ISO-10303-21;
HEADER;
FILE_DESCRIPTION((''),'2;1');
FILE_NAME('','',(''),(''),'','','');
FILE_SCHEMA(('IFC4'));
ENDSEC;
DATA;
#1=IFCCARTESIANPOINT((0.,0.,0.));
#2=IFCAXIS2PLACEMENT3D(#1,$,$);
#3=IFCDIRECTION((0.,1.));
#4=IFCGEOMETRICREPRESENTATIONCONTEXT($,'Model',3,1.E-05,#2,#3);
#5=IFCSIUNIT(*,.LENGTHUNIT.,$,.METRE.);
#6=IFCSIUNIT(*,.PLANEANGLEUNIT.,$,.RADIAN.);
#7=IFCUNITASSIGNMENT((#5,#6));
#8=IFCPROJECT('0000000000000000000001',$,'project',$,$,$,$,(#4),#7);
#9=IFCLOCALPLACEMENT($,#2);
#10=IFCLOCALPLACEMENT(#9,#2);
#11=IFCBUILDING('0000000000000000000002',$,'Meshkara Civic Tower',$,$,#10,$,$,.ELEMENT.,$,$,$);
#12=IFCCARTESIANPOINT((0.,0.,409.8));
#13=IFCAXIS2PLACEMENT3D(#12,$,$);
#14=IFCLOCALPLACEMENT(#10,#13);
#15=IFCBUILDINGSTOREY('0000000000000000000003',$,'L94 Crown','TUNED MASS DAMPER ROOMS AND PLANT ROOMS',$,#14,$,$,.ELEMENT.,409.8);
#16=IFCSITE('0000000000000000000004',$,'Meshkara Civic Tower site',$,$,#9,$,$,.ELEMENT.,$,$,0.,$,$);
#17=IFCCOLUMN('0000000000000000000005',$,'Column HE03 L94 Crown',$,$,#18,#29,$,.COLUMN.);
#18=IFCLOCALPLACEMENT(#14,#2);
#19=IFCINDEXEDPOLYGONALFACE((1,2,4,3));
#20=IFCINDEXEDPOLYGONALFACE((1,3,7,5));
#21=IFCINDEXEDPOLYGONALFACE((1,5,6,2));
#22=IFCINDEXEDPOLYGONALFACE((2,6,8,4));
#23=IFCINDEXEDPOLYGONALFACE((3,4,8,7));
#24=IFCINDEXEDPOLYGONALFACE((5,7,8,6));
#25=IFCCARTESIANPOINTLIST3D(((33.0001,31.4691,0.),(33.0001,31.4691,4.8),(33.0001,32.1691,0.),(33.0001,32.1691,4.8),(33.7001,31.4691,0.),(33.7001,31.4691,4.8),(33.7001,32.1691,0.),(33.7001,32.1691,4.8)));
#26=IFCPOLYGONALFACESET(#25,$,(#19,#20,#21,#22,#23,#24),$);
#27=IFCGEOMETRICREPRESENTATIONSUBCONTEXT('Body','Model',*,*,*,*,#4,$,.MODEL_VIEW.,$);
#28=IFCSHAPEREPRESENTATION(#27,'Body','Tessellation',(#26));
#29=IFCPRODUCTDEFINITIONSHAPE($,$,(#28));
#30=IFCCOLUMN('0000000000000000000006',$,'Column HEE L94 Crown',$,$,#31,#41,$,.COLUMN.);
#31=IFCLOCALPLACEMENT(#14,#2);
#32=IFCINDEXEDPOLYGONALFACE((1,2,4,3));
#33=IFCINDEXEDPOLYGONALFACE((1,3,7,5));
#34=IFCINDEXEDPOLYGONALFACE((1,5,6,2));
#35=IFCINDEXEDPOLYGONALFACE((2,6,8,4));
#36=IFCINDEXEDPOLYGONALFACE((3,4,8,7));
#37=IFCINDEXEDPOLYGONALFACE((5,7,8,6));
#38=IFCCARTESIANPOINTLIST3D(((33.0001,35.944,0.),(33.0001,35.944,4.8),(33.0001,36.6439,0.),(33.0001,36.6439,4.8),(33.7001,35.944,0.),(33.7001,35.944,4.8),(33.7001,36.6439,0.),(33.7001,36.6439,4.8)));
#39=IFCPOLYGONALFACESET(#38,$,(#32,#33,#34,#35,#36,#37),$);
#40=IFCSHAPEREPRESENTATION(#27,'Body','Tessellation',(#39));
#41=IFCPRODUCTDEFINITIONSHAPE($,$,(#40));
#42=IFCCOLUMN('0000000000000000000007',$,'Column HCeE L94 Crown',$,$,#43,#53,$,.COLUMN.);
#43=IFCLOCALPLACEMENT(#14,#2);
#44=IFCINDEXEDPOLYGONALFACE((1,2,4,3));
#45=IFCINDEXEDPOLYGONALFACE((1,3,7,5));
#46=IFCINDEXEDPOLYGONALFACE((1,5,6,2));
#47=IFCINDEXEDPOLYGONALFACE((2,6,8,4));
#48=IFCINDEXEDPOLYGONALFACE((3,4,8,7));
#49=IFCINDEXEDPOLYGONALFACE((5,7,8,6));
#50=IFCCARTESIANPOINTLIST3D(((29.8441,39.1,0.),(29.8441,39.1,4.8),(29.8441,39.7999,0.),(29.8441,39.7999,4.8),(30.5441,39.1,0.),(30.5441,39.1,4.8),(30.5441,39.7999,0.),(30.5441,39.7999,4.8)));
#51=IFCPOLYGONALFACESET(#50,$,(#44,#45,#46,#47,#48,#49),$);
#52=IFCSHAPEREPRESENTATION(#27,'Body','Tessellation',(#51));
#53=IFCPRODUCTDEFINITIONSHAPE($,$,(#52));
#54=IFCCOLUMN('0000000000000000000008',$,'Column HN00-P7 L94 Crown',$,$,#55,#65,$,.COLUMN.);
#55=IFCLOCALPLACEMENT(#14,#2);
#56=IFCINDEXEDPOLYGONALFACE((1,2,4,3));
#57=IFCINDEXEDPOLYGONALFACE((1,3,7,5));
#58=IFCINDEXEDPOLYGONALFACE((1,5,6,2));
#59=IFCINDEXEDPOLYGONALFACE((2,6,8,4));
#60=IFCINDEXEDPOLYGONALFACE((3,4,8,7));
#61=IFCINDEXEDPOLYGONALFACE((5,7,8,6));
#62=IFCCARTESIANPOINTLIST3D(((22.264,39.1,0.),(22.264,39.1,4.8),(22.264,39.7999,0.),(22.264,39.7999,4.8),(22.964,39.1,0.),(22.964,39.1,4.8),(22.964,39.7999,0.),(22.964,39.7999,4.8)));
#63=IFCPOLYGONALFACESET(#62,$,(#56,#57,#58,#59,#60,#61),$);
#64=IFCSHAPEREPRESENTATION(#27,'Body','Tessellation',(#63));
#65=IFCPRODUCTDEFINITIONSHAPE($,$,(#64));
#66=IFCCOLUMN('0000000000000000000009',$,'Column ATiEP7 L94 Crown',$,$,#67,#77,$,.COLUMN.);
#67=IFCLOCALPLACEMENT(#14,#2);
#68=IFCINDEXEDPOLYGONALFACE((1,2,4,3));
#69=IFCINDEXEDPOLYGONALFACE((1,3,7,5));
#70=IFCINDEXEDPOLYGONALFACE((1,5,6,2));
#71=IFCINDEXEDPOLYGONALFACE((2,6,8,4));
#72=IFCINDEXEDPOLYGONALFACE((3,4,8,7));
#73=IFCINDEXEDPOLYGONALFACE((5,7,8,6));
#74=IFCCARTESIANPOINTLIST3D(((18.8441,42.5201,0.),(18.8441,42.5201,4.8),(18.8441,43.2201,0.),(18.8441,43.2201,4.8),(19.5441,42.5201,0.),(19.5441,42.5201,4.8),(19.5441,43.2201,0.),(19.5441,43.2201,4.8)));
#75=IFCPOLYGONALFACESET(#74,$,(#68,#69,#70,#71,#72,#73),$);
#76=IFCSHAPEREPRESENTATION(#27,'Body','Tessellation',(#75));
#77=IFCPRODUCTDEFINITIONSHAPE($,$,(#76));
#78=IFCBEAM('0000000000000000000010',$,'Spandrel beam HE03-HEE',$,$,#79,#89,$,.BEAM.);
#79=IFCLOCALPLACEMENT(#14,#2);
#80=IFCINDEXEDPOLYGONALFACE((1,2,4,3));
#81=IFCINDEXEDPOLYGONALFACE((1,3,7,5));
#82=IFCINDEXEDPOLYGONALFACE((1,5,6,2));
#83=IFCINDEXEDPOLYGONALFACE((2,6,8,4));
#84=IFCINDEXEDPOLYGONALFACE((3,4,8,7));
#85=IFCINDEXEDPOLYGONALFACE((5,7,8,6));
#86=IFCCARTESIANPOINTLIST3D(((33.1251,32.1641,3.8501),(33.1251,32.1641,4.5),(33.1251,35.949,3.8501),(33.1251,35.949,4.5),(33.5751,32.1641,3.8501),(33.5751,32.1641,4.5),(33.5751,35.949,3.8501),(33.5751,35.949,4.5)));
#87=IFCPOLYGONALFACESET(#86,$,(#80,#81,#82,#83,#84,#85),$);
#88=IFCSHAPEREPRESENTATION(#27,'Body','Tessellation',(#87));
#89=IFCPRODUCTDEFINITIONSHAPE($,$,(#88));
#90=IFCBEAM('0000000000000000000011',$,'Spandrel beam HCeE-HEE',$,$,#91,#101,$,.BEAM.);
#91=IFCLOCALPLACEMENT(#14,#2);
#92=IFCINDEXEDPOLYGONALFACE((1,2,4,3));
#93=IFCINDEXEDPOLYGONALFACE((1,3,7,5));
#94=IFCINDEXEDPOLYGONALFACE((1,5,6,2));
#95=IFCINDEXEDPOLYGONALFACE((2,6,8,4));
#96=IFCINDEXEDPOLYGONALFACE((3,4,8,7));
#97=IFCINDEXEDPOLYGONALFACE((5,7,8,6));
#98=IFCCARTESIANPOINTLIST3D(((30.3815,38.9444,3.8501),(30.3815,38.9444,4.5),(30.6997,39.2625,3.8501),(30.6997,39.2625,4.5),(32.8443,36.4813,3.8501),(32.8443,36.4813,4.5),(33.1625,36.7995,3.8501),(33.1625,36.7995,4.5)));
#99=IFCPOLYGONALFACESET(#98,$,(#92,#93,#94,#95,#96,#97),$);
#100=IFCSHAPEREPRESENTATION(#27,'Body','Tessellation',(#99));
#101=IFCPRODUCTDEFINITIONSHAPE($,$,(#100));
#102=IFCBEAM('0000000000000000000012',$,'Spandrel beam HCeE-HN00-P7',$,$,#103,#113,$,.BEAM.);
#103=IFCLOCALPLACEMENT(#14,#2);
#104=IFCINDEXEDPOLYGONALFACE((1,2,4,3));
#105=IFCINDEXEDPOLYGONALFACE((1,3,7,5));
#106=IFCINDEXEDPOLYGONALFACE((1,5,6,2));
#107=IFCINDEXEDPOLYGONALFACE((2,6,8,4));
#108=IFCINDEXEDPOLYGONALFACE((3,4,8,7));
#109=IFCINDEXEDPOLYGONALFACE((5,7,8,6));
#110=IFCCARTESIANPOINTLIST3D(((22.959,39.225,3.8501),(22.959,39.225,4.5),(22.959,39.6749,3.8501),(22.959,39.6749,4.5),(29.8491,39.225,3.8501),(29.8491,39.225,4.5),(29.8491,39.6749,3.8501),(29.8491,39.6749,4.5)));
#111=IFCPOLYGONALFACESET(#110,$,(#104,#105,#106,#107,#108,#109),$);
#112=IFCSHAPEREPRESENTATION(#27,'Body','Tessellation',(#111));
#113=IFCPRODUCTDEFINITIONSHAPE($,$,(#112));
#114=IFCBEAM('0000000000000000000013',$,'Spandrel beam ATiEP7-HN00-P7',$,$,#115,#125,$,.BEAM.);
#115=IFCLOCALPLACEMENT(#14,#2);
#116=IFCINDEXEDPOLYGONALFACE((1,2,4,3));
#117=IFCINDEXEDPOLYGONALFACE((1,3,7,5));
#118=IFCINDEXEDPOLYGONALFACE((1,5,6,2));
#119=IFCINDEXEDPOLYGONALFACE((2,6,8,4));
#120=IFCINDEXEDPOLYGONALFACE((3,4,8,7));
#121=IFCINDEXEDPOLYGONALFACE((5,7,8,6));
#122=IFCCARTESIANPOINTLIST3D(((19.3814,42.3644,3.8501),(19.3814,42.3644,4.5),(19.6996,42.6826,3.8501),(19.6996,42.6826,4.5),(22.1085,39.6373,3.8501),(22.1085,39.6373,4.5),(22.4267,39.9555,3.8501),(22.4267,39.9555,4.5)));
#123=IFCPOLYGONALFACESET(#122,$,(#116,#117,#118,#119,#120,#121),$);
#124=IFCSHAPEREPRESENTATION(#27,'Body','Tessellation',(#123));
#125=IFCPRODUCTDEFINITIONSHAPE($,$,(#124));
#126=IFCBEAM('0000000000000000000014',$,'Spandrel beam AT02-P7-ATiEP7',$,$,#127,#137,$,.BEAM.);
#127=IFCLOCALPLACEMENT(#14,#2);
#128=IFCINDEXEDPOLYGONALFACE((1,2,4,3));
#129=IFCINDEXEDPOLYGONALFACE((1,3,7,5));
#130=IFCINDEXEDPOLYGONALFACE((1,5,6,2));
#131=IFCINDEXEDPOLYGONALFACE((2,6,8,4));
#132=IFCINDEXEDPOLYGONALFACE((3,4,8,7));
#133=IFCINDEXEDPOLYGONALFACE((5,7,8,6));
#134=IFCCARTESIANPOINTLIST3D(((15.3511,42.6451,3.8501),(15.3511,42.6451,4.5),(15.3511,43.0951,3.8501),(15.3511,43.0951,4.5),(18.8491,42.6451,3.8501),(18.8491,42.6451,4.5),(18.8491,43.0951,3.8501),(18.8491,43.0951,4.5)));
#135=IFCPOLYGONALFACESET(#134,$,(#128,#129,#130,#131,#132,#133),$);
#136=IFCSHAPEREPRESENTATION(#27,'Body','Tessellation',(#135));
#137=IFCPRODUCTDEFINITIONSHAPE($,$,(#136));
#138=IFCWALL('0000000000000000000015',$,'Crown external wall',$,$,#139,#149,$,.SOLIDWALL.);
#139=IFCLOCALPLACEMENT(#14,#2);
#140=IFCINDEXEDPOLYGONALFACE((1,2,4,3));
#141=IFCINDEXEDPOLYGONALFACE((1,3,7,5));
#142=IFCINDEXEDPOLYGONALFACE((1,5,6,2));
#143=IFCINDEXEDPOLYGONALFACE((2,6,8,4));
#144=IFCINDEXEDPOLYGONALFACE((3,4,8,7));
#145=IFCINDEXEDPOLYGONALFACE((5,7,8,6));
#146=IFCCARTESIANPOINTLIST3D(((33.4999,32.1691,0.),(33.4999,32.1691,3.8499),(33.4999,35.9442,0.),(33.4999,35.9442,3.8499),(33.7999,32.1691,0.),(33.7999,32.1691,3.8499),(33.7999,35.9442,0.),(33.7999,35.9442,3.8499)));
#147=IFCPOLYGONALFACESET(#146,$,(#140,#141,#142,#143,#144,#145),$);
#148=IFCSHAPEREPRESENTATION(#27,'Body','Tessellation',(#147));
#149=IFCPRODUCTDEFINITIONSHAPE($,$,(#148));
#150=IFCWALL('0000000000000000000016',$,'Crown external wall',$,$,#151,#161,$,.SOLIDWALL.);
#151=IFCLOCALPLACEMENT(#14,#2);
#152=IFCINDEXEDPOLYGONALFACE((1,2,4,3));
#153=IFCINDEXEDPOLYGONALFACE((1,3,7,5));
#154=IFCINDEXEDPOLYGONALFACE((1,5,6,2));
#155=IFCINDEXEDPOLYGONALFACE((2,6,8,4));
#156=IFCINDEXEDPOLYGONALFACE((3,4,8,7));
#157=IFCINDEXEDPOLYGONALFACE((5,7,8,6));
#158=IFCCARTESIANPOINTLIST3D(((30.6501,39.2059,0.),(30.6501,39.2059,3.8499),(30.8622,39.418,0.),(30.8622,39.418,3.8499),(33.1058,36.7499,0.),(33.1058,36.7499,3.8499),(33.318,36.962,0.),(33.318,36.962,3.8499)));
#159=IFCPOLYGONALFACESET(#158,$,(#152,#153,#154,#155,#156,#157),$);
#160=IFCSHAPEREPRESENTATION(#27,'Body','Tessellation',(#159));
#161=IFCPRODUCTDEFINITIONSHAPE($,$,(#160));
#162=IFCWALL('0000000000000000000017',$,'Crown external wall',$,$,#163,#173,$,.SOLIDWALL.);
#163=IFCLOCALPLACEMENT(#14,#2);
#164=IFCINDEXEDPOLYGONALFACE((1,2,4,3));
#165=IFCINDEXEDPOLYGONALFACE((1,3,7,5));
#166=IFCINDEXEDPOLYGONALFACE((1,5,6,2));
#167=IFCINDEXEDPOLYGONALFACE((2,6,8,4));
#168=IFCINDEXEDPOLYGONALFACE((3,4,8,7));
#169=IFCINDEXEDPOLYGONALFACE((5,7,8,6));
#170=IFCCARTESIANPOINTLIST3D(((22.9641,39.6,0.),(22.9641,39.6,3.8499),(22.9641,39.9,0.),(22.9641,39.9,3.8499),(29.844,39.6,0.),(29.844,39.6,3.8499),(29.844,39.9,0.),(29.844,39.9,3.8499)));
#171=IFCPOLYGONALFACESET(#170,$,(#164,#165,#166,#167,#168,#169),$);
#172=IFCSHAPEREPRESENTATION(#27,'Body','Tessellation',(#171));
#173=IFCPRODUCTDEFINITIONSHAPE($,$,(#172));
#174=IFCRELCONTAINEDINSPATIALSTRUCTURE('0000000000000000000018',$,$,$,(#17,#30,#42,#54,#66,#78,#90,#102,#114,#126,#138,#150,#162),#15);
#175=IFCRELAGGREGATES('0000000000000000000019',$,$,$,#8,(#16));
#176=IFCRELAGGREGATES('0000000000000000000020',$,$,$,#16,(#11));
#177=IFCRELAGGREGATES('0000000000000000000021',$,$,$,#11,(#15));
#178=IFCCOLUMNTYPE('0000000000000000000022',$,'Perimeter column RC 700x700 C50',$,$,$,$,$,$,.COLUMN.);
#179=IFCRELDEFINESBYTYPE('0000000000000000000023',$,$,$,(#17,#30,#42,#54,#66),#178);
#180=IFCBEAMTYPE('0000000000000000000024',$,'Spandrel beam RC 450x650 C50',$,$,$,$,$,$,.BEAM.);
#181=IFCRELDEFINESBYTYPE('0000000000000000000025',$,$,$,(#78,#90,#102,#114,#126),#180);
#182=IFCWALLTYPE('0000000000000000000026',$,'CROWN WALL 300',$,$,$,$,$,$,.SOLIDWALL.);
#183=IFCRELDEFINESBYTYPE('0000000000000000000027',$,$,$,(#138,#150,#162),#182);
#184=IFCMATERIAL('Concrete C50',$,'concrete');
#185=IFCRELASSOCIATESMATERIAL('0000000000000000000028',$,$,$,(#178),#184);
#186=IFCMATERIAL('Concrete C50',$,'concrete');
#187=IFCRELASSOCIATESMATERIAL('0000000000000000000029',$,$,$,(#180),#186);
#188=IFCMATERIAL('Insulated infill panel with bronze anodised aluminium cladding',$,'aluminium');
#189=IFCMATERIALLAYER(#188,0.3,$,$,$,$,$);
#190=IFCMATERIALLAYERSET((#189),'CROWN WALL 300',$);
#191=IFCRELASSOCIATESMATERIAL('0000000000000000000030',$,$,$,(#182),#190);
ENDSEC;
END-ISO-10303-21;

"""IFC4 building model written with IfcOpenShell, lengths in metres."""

from ifc_helpers import new_model, si_unit, direction, frame, frame_2d, origin, origin_2d, place, context, subcontext, project, spatial, rectangle, extrude, material, layer, layer_set, material_profile, profile_set, type_object, element, save


model = new_model("IFC4")

# Units and contexts
model_context = context("Model", 3, precision=1e-05, world=origin(), true_north=direction((0.0, 1.0)))
body_context = subcontext(model_context, "Body", "Model", "MODEL_VIEW")
ifc_project = project(units=[si_unit("LENGTHUNIT", "METRE"), si_unit("PLANEANGLEUNIT", "RADIAN")], contexts=[model_context])

# Site, building, storey
site_placement = place(None, origin())
site = spatial("IfcSite", under=ifc_project, at=site_placement, Name="Meshkara Civic Tower site", CompositionType="ELEMENT", RefElevation=0.0)
building_placement = place(site_placement, origin())
building = spatial("IfcBuilding", under=site, at=building_placement, Name="Meshkara Civic Tower", CompositionType="ELEMENT")
storey_placement = place(building_placement, frame((0.0, 0.0, 409.8)))
storey = spatial("IfcBuildingStorey", under=building, at=storey_placement, Name="L94 Crown", Description="TUNED MASS DAMPER ROOMS AND PLANT ROOMS", CompositionType="ELEMENT", Elevation=409.8)

# Columns
ifc_material_1 = material(Name="Concrete C50", Category="concrete")
ifc_material_profile_1 = material_profile(ifc_material_1, rectangle(XDim=0.7, YDim=0.7, at=origin_2d()))
ifc_profile_set_1 = profile_set([ifc_material_profile_1], Name="Concrete C50")
column_type = type_object("IfcColumnType", Name="Perimeter column RC 700x700 C50", PredefinedType="COLUMN", material=ifc_profile_set_1)
for number, where, z_axis, x_axis, name in (
    (1, (33.3501, 31.8191, 0.0), (0.0, 0.0, 1.0), (1.0, 0.0, 0.0), "Column HE03 L94 Crown"),
    (2, (33.3501, 36.2939, 0.0), (0.0, 0.0, 1.0), (1.0, 0.0, 0.0), "Column HEE L94 Crown"),
    (3, (30.1941, 39.45, 0.0), (0.0, 0.0, 1.0), (1.0, 0.0, 0.0), "Column HCeE L94 Crown"),
    (4, (22.614, 39.45, 0.0), (0.0, 0.0, 1.0), (1.0, 0.0, 0.0), "Column HN00-P7 L94 Crown"),
    (5, (19.1941, 42.8701, 0.0), (0.0, 0.0, 1.0), (1.0, 0.0, 0.0), "Column ATiEP7 L94 Crown"),
):
    element("IfcColumn", number, at=place(storey_placement, frame(where, z_axis=z_axis, x_axis=x_axis)), inside=storey, type_object=column_type, Name=name, PredefinedType="COLUMN", context=body_context, shape_type="SweptSolid", body=[
        extrude(rectangle(XDim=0.7, YDim=0.7, at=origin_2d()), origin(), (0.0, 0.0, 1.0), 4.8),
    ])

# Beams
ifc_material_2 = material(Name="Concrete C50", Category="concrete")
ifc_material_profile_2 = material_profile(ifc_material_2, rectangle(XDim=0.45, YDim=0.6499, at=origin_2d()))
ifc_profile_set_2 = profile_set([ifc_material_profile_2], Name="Concrete C50")
beam_type = type_object("IfcBeamType", Name="Spandrel beam RC 450x650 C50", PredefinedType="BEAM", material=ifc_profile_set_2)
beam_1_placement = place(storey_placement, frame((33.3501, 32.1641, 4.175), z_axis=(0.0, 1.0, 0.0), x_axis=(-1.0, 0.0, 0.0)))
element("IfcBeam", 6, at=beam_1_placement, inside=storey, type_object=beam_type, Name="Spandrel beam HE03-HEE", PredefinedType="BEAM", context=body_context, shape_type="SweptSolid", body=[
    extrude(rectangle(XDim=0.45, YDim=0.6499, at=origin_2d()), origin(), (0.0, 0.0, 1.0), 3.7849),
])
beam_2_placement = place(storey_placement, frame((33.0034, 36.6404, 4.175), z_axis=(-0.707072, 0.707142, 0.0), x_axis=(-0.707142, -0.707072, 0.0)))
element("IfcBeam", 7, at=beam_2_placement, inside=storey, type_object=beam_type, Name="Spandrel beam HCeE-HEE", PredefinedType="BEAM", context=body_context, shape_type="SweptSolid", body=[
    extrude(rectangle(XDim=0.45, YDim=0.6499, at=origin_2d()), origin(), (0.0, 0.0, 1.0), 3.4832),
])
beam_3_placement = place(storey_placement, frame((29.8491, 39.45, 4.175), z_axis=(-1.0, 0.0, 0.0), x_axis=(0.0, -1.0, 0.0)))
element("IfcBeam", 8, at=beam_3_placement, inside=storey, type_object=beam_type, Name="Spandrel beam HCeE-HN00-P7", PredefinedType="BEAM", context=body_context, shape_type="SweptSolid", body=[
    extrude(rectangle(XDim=0.45, YDim=0.6499, at=origin_2d()), origin(), (0.0, 0.0, 1.0), 6.8901),
])
beam_4_placement = place(storey_placement, frame((22.2676, 39.7964, 4.175), z_axis=(-0.707107, 0.707107, 0.0), x_axis=(-0.707107, -0.707107, 0.0)))
element("IfcBeam", 9, at=beam_4_placement, inside=storey, type_object=beam_type, Name="Spandrel beam ATiEP7-HN00-P7", PredefinedType="BEAM", context=body_context, shape_type="SweptSolid", body=[
    extrude(rectangle(XDim=0.45, YDim=0.6499, at=origin_2d()), origin(), (0.0, 0.0, 1.0), 3.8567),
])
beam_5_placement = place(storey_placement, frame((18.8491, 42.8701, 4.175), z_axis=(-1.0, 0.0, 0.0), x_axis=(0.0, -1.0, 0.0)))
element("IfcBeam", 10, at=beam_5_placement, inside=storey, type_object=beam_type, Name="Spandrel beam AT02-P7-ATiEP7", PredefinedType="BEAM", context=body_context, shape_type="SweptSolid", body=[
    extrude(rectangle(XDim=0.45, YDim=0.6499, at=origin_2d()), origin(), (0.0, 0.0, 1.0), 3.498),
])

# Walls
ifc_material_3 = material(Name="Insulated infill panel with bronze anodised aluminium cladding", Category="aluminium")
ifc_layer_1 = layer(ifc_material_3, 0.3)
ifc_layer_set_1 = layer_set([ifc_layer_1], Name="CROWN WALL 300")
wall_type_1 = type_object("IfcWallType", Name="CROWN WALL 300", PredefinedType="SOLIDWALL", material=ifc_layer_set_1)
wall_1_placement = place(storey_placement, frame((33.6499, 32.1689, 0.0), z_axis=(0.0, 0.0, 1.0), x_axis=(0.0, 1.0, 0.0)))
element("IfcWall", 11, at=wall_1_placement, inside=storey, type_object=wall_type_1, Name="Crown external wall", PredefinedType="SOLIDWALL", context=body_context, shape_type="SweptSolid", body=[
    extrude(rectangle(XDim=3.7751, YDim=0.3, at=frame_2d((1.8877, 0.0))), origin(), (0.0, 0.0, 1.0), 3.8499),
])
wall_2_placement = place(storey_placement, frame((33.2119, 36.856, 0.0), z_axis=(0.0, 0.0, 1.0), x_axis=(-0.707072, 0.707142, 0.0)))
element("IfcWall", 12, at=wall_2_placement, inside=storey, type_object=wall_type_1, Name="Crown external wall", PredefinedType="SOLIDWALL", context=body_context, shape_type="SweptSolid", body=[
    extrude(rectangle(XDim=3.4731, YDim=0.3, at=frame_2d((1.7366, 0.0))), origin(), (0.0, 0.0, 1.0), 3.8499),
])
wall_3_placement = place(storey_placement, frame((29.844, 39.75, 0.0), z_axis=(0.0, 0.0, 1.0), x_axis=(-1.0, 0.0, 0.0)))
element("IfcWall", 13, at=wall_3_placement, inside=storey, type_object=wall_type_1, Name="Crown external wall", PredefinedType="SOLIDWALL", context=body_context, shape_type="SweptSolid", body=[
    extrude(rectangle(XDim=6.8799, YDim=0.3, at=frame_2d((3.4399, 0.0))), origin(), (0.0, 0.0, 1.0), 3.8499),
])

save(model, "model.ifc")
